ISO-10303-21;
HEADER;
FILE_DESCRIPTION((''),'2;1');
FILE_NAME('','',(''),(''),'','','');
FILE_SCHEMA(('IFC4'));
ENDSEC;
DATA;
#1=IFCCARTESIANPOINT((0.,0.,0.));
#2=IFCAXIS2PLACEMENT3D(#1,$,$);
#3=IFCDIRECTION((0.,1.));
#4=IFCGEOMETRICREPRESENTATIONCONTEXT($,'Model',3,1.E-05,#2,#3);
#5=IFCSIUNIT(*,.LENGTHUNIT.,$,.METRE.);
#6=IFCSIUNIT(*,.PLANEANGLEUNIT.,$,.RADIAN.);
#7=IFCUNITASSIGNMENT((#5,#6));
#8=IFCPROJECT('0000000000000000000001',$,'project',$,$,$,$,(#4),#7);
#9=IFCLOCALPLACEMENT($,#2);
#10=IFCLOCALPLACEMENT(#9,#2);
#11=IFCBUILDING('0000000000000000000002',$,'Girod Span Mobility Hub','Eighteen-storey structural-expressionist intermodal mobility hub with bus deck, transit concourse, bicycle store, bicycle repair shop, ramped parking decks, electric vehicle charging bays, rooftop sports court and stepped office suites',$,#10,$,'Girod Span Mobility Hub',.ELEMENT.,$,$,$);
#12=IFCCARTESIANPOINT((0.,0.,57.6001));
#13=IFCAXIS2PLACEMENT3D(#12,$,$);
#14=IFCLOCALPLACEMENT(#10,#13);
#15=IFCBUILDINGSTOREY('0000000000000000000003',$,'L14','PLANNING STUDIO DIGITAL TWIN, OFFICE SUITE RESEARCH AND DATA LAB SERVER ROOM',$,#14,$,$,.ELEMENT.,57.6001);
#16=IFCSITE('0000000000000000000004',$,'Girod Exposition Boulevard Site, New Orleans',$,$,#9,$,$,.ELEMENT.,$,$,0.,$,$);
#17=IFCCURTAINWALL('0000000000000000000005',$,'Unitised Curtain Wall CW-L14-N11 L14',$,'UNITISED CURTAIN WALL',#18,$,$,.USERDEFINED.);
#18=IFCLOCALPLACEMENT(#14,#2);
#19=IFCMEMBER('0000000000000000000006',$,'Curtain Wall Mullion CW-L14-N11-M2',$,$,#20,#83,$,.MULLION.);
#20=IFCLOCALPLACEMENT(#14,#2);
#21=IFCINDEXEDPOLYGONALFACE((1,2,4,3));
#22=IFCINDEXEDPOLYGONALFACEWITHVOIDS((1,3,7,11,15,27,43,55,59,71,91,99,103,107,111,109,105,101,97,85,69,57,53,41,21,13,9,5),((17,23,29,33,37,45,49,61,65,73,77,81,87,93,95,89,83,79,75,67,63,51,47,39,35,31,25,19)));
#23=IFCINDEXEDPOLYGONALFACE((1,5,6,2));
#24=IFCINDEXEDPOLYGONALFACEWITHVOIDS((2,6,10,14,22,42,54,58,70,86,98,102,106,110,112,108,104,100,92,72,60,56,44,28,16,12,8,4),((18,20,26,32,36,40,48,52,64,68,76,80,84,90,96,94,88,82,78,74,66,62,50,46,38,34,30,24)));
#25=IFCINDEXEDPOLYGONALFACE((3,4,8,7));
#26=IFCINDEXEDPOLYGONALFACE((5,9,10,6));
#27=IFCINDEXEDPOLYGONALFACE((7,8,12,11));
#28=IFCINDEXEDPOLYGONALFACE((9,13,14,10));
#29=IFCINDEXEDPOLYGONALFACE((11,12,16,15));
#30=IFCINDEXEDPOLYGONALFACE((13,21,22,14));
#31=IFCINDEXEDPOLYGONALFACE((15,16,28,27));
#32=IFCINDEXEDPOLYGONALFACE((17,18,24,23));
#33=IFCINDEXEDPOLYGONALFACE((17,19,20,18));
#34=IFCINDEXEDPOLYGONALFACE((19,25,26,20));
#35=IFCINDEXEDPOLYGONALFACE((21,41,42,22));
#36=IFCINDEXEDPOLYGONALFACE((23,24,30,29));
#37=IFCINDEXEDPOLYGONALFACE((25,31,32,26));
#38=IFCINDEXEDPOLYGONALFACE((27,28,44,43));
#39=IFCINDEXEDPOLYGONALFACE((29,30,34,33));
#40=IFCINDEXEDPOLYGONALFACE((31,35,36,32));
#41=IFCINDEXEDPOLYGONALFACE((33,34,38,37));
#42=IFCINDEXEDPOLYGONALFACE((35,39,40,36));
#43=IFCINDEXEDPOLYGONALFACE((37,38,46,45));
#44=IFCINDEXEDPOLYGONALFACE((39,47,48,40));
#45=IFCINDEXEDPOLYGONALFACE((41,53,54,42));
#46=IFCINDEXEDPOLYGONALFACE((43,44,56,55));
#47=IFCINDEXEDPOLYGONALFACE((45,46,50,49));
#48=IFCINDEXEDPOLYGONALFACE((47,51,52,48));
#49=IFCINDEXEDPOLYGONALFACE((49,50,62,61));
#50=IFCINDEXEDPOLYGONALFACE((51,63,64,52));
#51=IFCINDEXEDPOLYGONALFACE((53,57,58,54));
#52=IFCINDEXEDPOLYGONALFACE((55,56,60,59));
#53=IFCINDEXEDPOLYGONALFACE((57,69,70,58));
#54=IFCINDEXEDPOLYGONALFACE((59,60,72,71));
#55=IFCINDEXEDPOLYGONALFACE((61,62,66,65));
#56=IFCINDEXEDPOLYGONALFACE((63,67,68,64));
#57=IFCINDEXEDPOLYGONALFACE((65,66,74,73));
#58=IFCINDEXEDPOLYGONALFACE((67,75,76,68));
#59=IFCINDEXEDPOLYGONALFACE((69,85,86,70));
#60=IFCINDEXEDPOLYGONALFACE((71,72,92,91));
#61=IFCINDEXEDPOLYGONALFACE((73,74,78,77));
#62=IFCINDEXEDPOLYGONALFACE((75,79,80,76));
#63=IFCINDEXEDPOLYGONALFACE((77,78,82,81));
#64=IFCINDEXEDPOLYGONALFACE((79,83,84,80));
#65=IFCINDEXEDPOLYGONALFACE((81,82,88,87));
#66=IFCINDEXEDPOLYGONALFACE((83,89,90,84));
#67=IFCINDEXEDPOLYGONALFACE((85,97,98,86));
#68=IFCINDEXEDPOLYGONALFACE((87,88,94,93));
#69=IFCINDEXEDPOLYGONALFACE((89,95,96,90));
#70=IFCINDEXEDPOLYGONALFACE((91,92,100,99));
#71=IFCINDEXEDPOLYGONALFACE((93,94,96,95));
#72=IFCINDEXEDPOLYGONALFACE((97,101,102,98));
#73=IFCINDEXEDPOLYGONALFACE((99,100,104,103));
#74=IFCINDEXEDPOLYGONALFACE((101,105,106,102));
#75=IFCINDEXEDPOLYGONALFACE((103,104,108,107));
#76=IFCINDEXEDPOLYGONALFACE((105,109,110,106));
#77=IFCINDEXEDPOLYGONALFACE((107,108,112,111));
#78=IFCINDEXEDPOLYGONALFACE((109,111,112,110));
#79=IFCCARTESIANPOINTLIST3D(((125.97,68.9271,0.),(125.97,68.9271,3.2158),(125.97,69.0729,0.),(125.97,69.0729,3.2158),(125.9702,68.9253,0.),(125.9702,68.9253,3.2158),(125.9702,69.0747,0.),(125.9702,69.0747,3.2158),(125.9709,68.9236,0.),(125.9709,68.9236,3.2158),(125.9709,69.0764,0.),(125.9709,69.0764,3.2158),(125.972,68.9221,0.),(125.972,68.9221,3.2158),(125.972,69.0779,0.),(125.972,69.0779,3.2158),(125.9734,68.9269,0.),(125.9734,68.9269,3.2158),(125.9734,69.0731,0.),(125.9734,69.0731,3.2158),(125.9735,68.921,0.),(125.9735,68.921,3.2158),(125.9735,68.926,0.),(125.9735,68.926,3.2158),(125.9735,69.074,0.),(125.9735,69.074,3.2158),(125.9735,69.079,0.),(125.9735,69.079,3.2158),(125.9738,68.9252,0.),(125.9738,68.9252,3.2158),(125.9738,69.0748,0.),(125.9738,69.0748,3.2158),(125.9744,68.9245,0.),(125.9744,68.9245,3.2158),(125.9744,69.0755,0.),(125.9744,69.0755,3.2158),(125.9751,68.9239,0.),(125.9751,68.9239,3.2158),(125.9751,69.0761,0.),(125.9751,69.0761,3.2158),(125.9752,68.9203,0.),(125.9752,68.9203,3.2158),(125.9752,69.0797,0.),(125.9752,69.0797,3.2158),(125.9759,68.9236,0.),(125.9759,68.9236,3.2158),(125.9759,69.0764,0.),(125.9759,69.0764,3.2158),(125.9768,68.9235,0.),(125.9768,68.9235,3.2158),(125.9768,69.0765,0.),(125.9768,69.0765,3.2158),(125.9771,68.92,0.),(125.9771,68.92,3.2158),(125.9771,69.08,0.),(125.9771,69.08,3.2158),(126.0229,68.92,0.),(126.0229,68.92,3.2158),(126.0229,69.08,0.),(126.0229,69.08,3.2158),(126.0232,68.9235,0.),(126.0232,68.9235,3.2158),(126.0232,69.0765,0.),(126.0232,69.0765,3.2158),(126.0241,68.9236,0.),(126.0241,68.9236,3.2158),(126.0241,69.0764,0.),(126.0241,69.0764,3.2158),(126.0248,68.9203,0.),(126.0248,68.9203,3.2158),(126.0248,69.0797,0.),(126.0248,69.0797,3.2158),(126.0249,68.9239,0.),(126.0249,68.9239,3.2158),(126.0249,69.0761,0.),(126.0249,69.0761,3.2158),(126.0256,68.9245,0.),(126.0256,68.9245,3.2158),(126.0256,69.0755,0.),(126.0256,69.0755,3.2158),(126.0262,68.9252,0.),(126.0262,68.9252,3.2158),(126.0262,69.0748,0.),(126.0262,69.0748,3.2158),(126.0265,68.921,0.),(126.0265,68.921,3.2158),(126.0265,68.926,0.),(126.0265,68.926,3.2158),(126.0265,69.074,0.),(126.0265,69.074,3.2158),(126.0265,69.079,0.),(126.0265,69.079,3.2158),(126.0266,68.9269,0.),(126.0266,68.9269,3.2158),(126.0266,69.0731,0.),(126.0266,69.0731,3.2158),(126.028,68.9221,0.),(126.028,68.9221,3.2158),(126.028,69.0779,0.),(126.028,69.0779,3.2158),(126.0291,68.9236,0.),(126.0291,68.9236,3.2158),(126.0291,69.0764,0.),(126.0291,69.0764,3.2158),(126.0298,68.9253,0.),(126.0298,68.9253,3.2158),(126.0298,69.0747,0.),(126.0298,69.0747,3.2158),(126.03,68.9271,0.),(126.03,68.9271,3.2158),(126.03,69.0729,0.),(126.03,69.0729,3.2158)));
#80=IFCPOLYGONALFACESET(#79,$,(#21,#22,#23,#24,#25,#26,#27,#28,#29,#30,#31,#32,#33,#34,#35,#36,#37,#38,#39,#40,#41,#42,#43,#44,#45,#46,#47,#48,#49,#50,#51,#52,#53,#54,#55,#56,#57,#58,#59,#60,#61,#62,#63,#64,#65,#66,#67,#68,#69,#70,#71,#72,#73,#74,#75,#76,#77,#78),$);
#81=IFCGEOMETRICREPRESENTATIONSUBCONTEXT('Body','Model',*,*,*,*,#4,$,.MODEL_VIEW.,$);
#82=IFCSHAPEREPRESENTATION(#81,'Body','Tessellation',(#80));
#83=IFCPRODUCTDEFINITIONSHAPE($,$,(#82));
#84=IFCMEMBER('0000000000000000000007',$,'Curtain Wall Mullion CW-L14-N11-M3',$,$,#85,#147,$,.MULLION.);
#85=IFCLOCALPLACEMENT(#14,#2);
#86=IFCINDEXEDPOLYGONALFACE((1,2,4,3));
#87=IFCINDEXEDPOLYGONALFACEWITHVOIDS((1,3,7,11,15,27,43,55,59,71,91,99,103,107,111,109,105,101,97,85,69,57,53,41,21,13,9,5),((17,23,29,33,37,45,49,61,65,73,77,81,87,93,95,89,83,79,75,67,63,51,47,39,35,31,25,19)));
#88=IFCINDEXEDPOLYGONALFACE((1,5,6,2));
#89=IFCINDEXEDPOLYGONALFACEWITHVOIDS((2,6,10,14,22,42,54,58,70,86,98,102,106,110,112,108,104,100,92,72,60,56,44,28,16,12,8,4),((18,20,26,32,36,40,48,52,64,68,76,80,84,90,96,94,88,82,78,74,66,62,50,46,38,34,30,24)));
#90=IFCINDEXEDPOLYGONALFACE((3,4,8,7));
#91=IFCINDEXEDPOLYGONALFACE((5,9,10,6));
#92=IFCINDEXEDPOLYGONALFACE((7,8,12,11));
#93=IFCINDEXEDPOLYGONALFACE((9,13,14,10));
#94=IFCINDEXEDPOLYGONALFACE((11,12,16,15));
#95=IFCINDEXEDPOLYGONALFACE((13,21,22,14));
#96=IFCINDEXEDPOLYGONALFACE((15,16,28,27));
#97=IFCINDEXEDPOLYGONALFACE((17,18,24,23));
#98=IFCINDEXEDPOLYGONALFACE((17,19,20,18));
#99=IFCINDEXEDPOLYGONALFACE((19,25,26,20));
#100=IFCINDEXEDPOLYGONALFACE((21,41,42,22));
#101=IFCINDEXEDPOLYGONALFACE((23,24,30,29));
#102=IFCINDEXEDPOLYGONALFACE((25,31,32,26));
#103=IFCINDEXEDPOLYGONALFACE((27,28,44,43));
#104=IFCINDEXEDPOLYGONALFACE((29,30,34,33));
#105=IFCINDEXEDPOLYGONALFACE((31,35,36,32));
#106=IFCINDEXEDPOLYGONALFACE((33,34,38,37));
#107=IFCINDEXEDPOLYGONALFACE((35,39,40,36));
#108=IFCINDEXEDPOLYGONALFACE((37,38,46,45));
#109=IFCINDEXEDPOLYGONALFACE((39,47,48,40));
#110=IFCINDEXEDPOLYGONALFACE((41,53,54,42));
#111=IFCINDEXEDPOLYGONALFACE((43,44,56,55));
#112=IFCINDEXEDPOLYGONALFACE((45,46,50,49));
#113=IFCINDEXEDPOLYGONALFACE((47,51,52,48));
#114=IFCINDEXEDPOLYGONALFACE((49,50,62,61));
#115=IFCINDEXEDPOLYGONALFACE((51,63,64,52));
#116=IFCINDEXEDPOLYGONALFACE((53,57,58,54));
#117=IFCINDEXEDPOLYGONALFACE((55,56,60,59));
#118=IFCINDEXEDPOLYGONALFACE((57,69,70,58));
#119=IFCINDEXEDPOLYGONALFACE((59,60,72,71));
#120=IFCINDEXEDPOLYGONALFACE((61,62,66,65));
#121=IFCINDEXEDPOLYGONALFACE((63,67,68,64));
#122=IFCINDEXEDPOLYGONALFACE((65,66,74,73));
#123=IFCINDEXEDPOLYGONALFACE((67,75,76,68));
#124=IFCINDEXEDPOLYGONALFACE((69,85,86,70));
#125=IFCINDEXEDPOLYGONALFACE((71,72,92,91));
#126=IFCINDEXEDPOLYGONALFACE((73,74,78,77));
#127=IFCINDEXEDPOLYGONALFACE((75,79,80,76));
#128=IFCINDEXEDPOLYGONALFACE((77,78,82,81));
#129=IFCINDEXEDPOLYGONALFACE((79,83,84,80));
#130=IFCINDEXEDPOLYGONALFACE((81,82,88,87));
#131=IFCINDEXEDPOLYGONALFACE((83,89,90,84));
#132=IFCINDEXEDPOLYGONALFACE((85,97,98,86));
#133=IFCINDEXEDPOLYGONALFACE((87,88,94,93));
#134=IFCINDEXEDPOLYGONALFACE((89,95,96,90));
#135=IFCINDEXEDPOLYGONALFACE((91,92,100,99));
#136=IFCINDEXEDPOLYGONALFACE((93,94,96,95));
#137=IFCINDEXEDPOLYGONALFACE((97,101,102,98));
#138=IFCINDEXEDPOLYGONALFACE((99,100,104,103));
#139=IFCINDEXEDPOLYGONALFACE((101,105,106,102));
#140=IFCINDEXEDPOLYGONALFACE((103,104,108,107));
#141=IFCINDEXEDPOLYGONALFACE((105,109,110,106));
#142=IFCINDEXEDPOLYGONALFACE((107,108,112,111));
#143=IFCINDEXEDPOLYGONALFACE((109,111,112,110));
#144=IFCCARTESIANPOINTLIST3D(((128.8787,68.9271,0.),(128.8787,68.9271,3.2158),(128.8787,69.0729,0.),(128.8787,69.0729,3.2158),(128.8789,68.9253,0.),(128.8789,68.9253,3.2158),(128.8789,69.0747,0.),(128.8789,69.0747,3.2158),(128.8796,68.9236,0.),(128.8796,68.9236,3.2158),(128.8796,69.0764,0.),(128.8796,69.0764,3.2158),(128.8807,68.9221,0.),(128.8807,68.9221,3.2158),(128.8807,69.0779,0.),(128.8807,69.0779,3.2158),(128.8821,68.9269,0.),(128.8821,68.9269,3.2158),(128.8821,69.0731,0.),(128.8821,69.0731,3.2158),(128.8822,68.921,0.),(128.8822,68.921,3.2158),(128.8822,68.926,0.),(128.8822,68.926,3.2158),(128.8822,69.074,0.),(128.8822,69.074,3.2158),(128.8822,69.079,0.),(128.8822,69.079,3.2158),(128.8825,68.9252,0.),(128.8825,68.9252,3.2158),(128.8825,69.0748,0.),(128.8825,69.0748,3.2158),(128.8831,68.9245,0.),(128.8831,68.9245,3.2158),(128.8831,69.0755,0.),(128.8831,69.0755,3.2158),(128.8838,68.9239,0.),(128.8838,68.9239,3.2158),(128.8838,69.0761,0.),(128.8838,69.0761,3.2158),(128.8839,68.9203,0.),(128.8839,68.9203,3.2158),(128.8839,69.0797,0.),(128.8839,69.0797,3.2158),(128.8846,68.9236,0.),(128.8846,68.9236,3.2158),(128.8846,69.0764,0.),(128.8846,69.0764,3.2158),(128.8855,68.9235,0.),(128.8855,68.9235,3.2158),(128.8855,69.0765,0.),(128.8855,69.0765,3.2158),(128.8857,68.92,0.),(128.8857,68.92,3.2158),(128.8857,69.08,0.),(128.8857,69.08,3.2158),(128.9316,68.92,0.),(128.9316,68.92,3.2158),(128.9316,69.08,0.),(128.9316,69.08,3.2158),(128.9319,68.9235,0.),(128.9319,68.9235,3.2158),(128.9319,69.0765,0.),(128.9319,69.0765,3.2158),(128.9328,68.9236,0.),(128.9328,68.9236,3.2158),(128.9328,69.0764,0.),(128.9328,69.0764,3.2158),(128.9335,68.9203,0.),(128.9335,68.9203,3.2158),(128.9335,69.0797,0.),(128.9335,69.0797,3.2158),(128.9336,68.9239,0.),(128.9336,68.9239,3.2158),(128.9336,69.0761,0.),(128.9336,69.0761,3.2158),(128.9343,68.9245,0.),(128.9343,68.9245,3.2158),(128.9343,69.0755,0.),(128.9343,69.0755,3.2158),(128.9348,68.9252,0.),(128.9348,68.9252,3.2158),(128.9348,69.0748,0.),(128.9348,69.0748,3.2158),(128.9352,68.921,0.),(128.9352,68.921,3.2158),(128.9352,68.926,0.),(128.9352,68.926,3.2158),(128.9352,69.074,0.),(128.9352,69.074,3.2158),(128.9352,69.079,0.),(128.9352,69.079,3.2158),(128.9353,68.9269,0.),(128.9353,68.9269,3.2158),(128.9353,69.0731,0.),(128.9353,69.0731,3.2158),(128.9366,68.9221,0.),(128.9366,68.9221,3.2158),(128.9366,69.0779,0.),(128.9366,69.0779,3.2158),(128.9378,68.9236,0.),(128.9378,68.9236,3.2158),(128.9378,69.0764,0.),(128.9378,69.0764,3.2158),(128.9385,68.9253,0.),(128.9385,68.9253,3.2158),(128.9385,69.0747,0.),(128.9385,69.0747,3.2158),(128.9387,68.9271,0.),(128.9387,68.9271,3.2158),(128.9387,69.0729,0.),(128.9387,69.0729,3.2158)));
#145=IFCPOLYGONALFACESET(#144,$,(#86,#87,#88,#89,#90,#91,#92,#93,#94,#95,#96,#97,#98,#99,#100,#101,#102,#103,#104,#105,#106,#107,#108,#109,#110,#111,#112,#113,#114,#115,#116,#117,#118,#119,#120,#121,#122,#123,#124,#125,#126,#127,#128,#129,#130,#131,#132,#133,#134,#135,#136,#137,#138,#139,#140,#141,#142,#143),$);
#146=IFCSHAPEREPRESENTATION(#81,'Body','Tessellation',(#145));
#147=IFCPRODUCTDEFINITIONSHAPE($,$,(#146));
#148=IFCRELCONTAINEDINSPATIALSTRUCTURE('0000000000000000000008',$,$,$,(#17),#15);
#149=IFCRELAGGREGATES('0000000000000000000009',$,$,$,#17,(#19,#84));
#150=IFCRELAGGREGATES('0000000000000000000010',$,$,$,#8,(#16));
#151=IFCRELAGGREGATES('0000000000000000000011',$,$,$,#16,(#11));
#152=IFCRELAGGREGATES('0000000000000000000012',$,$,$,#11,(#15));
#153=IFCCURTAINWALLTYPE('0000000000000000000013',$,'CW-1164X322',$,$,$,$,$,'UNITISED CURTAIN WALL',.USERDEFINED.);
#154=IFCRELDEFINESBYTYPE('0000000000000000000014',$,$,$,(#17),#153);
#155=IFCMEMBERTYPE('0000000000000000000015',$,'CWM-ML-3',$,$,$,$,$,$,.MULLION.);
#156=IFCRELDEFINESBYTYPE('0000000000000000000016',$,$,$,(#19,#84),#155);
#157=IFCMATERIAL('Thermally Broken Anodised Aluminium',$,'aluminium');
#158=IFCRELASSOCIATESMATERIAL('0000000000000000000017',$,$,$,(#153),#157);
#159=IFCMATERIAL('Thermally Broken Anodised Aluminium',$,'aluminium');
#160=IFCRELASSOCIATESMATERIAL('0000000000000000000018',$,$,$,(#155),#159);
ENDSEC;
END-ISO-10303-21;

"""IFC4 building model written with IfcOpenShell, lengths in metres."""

from ifc_helpers import new_model, si_unit, direction, frame, origin, origin_2d, place, context, subcontext, project, spatial, hollow_rectangle, extrude, material, material_profile, profile_set, type_object, element, aggregate, save


model = new_model("IFC4")

# Units and contexts
model_context = context("Model", 3, precision=1e-05, world=origin(), true_north=direction((0.0, 1.0)))
body_context = subcontext(model_context, "Body", "Model", "MODEL_VIEW")
ifc_project = project(units=[si_unit("LENGTHUNIT", "METRE"), si_unit("PLANEANGLEUNIT", "RADIAN")], contexts=[model_context])

# Site, building, storey
site_placement = place(None, origin())
site = spatial("IfcSite", under=ifc_project, at=site_placement, Name="Girod Exposition Boulevard Site, New Orleans", CompositionType="ELEMENT", RefElevation=0.0)
building_placement = place(site_placement, origin())
building = spatial("IfcBuilding", under=site, at=building_placement, Name="Girod Span Mobility Hub", Description="Eighteen-storey structural-expressionist intermodal mobility hub with bus deck, transit concourse, bicycle store, bicycle repair shop, ramped parking decks, electric vehicle charging bays, rooftop sports court and stepped office suites", LongName="Girod Span Mobility Hub", CompositionType="ELEMENT")
storey_placement = place(building_placement, frame((0.0, 0.0, 57.6001)))
storey = spatial("IfcBuildingStorey", under=building, at=storey_placement, Name="L14", Description="PLANNING STUDIO DIGITAL TWIN, OFFICE SUITE RESEARCH AND DATA LAB SERVER ROOM", CompositionType="ELEMENT", Elevation=57.6001)

# Curtain wall, members
ifc_material_1 = material(Name="Thermally Broken Anodised Aluminium", Category="aluminium")
curtain_wall_type = type_object("IfcCurtainWallType", Name="CW-1164X322", ElementType="UNITISED CURTAIN WALL", PredefinedType="USERDEFINED", material=ifc_material_1)
curtain_wall_placement = place(storey_placement, origin())
curtain_wall = element("IfcCurtainWall", 1, at=curtain_wall_placement, inside=storey, type_object=curtain_wall_type, Name="Unitised Curtain Wall CW-L14-N11 L14", ObjectType="UNITISED CURTAIN WALL", PredefinedType="USERDEFINED")
ifc_material_2 = material(Name="Thermally Broken Anodised Aluminium", Category="aluminium")
ifc_material_profile_1 = material_profile(ifc_material_2, hollow_rectangle(XDim=0.1599, YDim=0.0601, WallThickness=0.0034, InnerFilletRadius=0.0034, OuterFilletRadius=0.0071, at=origin_2d()), Name="CW-ML-60X160")
ifc_profile_set_1 = profile_set([ifc_material_profile_1], Name="Thermally Broken Anodised Aluminium")
member_type_1 = type_object("IfcMemberType", Name="CWM-ML-3", PredefinedType="MULLION", material=ifc_profile_set_1)
member_1_placement = place(storey_placement, frame((126.0, 69.0, 0.0), z_axis=(0.0, 0.0, 1.0), x_axis=(0.0, 1.0, 0.0)))
member_1 = element("IfcMember", 2, at=member_1_placement, type_object=member_type_1, Name="Curtain Wall Mullion CW-L14-N11-M2", PredefinedType="MULLION", context=body_context, shape_type="SweptSolid", body=[
    extrude(hollow_rectangle(XDim=0.1599, YDim=0.0601, WallThickness=0.0034, InnerFilletRadius=0.0034, OuterFilletRadius=0.0071, at=origin_2d()), origin(), (0.0, 0.0, 1.0), 3.2158),
])
member_2_placement = place(storey_placement, frame((128.9087, 69.0, 0.0), z_axis=(0.0, 0.0, 1.0), x_axis=(0.0, 1.0, 0.0)))
member_2 = element("IfcMember", 3, at=member_2_placement, type_object=member_type_1, Name="Curtain Wall Mullion CW-L14-N11-M3", PredefinedType="MULLION", context=body_context, shape_type="SweptSolid", body=[
    extrude(hollow_rectangle(XDim=0.1599, YDim=0.0601, WallThickness=0.0034, InnerFilletRadius=0.0034, OuterFilletRadius=0.0071, at=origin_2d()), origin(), (0.0, 0.0, 1.0), 3.2158),
])
aggregate(curtain_wall, [member_1, member_2])

save(model, "model.ifc")
